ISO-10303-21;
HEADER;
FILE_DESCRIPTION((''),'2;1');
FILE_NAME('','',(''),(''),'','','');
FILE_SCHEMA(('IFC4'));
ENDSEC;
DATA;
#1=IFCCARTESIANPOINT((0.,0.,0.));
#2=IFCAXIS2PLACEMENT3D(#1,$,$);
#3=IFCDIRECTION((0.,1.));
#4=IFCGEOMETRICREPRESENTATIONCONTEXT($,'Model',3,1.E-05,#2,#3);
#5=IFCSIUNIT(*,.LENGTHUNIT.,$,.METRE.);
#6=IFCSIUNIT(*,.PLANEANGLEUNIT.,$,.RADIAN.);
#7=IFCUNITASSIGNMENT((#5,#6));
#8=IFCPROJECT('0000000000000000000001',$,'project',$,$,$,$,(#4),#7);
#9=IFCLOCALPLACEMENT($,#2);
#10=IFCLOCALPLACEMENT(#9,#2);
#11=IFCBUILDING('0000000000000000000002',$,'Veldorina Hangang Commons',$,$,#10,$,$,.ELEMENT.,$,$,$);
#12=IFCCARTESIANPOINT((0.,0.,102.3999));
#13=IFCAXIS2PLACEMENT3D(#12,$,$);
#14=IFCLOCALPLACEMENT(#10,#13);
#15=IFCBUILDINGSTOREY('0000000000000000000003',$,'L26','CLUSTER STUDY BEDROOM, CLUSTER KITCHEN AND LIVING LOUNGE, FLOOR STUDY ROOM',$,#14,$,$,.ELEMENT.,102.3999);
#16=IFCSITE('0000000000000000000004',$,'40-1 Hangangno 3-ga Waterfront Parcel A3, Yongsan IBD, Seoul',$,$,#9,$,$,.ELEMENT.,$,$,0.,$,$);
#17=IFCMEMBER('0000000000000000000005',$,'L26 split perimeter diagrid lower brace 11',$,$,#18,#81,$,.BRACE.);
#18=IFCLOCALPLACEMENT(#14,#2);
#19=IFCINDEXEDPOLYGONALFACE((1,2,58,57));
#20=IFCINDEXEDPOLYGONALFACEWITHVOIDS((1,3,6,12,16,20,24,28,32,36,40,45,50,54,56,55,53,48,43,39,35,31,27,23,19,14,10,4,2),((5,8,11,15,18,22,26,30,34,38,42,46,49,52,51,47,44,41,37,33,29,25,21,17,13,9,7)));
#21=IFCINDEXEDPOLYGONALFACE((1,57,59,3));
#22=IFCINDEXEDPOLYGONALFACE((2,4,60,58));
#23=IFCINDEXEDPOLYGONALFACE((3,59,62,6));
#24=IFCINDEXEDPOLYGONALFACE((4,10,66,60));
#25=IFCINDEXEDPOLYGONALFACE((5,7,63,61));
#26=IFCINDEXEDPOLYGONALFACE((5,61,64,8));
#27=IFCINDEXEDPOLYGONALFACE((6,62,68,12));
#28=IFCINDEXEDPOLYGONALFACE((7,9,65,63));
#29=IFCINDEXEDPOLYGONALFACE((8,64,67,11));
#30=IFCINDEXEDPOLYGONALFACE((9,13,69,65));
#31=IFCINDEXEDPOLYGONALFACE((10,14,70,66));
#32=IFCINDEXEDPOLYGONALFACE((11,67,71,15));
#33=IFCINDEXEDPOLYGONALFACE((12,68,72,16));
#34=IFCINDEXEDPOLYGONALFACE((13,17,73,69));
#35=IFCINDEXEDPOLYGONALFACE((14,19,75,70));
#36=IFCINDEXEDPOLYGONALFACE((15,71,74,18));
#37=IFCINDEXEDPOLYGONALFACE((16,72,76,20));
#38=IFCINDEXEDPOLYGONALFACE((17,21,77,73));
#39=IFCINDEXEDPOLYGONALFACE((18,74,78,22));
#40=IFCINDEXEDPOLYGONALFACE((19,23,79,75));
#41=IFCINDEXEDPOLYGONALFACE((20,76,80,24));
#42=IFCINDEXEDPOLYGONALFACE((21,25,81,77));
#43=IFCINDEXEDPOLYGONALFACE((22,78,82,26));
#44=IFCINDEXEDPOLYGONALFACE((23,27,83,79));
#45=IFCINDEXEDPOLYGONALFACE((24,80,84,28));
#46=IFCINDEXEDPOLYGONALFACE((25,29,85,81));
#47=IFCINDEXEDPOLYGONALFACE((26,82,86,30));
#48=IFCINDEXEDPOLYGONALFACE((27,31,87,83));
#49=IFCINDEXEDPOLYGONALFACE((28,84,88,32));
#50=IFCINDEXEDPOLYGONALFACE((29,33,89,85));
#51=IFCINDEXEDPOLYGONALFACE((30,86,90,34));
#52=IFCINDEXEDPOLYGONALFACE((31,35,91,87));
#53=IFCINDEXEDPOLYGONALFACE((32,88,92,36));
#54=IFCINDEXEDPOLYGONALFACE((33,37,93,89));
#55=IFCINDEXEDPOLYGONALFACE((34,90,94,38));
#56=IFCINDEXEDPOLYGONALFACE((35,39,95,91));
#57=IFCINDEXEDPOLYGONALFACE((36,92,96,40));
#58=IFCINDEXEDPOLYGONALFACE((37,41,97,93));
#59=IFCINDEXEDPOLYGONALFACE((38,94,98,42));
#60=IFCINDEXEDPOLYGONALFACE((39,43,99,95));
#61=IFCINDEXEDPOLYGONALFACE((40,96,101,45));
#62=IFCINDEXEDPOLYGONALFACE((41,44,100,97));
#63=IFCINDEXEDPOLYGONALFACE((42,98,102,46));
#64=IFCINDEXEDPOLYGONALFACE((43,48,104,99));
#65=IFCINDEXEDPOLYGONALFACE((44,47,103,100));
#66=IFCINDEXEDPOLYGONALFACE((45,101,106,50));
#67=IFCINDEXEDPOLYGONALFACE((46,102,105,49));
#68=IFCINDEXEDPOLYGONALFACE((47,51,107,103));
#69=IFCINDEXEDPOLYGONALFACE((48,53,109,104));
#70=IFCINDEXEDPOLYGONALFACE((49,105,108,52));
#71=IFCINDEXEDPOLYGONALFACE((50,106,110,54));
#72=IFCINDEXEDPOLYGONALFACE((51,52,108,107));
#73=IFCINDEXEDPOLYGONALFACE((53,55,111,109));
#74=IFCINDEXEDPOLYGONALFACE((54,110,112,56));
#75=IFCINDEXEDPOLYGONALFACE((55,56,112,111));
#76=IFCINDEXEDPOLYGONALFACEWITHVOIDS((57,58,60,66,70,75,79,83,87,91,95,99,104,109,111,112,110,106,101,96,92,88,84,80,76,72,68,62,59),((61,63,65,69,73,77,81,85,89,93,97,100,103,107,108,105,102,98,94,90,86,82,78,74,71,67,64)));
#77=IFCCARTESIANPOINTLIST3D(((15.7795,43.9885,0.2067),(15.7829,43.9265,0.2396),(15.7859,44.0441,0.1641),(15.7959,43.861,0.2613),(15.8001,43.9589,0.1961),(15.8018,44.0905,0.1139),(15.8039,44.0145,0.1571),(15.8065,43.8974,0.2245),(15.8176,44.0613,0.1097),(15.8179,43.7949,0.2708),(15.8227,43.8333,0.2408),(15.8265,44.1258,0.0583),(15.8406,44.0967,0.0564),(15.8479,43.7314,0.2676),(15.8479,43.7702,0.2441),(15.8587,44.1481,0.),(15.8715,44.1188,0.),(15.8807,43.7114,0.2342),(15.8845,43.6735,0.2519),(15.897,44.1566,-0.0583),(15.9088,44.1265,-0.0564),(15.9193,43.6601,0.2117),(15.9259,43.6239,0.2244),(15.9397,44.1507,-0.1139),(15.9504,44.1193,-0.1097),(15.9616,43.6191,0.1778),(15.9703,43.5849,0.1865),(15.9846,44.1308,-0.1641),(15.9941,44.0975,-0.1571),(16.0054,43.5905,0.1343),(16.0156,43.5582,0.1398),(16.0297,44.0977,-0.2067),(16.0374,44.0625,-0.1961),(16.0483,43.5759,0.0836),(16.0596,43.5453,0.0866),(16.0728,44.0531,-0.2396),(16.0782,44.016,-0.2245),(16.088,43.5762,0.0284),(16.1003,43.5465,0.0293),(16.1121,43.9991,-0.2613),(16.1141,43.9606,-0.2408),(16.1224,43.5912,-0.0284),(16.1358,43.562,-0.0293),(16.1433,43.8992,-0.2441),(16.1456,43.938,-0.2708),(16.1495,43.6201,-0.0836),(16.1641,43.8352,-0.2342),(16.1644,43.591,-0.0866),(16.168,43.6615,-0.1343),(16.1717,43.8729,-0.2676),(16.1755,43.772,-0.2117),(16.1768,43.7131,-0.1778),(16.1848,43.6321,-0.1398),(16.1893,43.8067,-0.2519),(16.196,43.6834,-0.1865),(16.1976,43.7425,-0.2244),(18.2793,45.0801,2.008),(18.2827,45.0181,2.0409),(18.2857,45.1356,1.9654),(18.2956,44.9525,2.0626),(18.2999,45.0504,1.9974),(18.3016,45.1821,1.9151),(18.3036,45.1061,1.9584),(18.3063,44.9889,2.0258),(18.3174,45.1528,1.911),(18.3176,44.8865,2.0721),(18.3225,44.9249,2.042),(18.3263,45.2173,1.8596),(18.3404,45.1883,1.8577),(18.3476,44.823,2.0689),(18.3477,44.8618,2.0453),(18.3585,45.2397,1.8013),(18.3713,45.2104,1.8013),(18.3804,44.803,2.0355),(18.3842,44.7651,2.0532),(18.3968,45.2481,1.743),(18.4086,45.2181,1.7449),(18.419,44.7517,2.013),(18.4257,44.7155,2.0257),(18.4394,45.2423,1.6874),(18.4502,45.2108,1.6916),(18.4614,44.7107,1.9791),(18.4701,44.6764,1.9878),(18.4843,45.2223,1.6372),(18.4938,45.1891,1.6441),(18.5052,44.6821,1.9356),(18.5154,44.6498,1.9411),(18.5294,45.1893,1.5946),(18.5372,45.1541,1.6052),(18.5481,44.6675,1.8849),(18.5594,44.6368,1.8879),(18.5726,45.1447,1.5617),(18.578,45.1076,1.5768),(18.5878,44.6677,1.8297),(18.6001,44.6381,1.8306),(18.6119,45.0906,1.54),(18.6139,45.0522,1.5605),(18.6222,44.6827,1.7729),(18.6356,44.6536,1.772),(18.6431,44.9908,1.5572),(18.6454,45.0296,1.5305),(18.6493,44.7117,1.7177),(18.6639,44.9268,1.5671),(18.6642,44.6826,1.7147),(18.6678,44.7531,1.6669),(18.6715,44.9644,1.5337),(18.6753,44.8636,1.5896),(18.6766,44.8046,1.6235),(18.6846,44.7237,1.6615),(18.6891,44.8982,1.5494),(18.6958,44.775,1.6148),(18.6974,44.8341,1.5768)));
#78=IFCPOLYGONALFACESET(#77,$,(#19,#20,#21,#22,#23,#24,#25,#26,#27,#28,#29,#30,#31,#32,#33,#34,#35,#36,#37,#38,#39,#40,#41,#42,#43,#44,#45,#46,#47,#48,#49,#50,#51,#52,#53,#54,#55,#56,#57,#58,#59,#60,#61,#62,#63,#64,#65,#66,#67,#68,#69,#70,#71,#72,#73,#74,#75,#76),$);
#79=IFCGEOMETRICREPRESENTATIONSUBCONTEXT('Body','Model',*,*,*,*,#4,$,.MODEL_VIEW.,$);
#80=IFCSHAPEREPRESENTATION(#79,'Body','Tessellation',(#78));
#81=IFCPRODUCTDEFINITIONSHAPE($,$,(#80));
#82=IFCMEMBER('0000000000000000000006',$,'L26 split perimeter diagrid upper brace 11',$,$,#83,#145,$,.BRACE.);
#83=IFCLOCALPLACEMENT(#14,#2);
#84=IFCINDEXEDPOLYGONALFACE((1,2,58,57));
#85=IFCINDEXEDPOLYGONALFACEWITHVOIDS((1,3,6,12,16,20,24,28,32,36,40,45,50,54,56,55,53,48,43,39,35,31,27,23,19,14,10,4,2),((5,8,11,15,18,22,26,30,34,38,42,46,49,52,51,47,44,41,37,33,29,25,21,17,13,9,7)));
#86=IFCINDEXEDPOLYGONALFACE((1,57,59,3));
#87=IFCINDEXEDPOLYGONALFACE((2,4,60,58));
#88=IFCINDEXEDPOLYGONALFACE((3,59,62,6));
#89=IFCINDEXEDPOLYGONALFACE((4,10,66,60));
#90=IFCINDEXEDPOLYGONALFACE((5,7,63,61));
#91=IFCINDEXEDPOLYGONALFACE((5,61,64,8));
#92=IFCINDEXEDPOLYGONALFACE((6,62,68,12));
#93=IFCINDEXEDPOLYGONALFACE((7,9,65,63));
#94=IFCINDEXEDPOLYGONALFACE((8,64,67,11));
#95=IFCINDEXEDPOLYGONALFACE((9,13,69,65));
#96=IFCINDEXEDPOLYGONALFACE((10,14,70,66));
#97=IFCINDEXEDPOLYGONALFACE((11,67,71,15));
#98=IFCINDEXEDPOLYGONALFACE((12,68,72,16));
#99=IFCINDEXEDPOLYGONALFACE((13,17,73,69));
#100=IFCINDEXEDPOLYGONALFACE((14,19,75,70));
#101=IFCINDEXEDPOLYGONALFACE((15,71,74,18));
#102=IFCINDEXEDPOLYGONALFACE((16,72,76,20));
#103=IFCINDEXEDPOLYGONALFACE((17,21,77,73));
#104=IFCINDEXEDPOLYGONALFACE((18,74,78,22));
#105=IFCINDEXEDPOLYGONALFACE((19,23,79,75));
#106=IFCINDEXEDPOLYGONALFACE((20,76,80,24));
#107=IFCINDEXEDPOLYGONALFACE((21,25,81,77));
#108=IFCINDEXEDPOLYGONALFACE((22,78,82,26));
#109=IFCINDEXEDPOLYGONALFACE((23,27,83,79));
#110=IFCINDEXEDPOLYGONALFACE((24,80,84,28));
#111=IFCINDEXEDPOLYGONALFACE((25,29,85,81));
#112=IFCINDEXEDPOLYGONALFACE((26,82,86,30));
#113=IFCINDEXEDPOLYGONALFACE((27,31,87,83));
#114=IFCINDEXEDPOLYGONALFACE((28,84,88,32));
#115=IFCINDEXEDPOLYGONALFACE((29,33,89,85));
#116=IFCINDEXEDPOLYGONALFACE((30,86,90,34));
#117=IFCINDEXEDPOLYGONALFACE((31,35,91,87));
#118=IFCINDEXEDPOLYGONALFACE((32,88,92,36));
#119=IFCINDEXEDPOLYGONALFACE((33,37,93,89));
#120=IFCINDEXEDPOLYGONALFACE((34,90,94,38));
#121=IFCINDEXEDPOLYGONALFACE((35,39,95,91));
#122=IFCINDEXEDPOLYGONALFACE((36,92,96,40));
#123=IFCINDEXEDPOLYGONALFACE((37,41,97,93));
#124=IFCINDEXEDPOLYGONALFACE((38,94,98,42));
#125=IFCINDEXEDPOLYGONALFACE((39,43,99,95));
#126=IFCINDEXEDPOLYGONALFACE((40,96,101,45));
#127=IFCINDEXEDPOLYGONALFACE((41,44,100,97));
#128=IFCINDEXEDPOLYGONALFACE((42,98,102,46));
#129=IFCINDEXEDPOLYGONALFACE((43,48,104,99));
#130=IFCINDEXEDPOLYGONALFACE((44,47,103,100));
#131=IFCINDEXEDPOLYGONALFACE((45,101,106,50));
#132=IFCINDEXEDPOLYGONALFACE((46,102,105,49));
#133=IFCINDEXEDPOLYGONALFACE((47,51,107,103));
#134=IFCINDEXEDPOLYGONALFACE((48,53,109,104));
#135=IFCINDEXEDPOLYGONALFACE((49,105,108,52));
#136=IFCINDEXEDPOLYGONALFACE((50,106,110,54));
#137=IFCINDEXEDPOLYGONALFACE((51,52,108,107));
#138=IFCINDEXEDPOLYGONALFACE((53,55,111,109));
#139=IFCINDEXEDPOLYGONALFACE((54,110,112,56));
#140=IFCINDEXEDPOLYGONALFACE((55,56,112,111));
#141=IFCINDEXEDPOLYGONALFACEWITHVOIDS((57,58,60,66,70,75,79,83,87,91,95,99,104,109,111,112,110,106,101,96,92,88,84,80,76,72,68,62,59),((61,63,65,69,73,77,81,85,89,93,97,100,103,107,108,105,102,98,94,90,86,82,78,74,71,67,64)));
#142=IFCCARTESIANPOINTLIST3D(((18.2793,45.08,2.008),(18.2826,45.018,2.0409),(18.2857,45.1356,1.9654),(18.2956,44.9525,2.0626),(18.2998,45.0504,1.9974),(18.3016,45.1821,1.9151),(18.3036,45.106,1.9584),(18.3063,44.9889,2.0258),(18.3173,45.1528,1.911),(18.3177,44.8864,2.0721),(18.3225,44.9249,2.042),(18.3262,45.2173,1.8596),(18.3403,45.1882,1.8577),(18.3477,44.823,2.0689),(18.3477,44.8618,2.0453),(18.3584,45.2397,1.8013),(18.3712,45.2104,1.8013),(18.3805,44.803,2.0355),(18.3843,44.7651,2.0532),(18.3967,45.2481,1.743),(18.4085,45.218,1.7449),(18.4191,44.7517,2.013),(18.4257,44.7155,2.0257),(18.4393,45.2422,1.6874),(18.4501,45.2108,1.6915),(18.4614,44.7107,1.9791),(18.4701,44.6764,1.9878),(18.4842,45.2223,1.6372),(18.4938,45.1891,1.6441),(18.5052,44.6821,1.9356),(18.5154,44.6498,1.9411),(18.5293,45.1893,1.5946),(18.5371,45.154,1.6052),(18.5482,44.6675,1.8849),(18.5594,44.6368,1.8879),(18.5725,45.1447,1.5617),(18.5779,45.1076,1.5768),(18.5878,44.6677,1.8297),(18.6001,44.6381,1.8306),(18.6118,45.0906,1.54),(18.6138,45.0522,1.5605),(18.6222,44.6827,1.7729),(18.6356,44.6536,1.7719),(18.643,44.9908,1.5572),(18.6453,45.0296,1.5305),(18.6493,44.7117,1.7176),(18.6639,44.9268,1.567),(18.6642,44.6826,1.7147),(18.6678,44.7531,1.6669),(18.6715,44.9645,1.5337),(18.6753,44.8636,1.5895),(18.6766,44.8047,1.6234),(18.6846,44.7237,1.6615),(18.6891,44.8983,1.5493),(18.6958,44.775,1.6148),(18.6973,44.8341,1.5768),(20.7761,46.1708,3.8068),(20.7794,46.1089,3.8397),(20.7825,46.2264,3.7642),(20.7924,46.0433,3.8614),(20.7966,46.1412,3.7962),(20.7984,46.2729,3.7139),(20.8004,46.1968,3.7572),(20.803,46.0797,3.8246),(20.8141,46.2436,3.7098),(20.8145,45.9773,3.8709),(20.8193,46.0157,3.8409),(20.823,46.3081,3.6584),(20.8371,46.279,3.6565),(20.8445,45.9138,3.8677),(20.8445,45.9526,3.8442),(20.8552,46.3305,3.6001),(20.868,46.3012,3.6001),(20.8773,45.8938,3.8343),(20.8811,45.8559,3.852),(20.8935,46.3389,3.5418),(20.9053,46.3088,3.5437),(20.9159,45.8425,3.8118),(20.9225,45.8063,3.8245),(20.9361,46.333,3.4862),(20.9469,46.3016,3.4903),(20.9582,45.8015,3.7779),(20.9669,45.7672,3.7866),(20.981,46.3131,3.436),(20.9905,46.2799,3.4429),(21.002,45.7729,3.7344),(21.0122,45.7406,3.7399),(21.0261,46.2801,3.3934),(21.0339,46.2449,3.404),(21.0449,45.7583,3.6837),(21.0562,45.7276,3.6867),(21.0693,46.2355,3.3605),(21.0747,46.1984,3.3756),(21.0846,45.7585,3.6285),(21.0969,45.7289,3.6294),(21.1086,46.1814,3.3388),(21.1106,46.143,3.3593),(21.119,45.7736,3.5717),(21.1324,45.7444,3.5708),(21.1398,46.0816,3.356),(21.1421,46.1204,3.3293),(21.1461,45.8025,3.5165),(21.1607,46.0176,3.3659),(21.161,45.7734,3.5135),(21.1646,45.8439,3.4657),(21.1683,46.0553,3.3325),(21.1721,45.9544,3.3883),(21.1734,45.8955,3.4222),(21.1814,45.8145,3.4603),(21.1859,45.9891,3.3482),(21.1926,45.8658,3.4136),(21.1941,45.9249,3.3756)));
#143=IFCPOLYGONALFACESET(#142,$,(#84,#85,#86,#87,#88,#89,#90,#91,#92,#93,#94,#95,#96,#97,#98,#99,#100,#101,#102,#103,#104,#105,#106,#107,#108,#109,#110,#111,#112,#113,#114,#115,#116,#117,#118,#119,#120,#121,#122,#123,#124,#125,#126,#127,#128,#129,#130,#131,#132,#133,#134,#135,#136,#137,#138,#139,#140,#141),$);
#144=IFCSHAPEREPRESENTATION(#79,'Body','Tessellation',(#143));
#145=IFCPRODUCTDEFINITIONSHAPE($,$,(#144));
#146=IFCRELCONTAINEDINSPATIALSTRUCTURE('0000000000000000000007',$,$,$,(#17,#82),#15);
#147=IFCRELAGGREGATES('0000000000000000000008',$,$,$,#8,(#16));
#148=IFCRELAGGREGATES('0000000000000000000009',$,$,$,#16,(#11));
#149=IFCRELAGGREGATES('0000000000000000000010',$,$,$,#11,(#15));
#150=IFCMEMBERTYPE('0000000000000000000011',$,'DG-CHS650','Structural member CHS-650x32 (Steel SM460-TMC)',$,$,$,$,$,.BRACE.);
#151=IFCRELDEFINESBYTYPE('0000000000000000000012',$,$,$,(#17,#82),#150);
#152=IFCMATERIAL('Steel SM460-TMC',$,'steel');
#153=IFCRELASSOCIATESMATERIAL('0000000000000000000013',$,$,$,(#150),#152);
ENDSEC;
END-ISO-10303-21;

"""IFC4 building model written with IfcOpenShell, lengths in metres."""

from ifc_helpers import new_model, si_unit, direction, frame, origin, origin_2d, place, context, subcontext, project, spatial, hollow_circle, extrude, material, material_profile, profile_set, type_object, element, save


model = new_model("IFC4")

# Units and contexts
model_context = context("Model", 3, precision=1e-05, world=origin(), true_north=direction((0.0, 1.0)))
body_context = subcontext(model_context, "Body", "Model", "MODEL_VIEW")
ifc_project = project(units=[si_unit("LENGTHUNIT", "METRE"), si_unit("PLANEANGLEUNIT", "RADIAN")], contexts=[model_context])

# Site, building, storey
site_placement = place(None, origin())
site = spatial("IfcSite", under=ifc_project, at=site_placement, Name="40-1 Hangangno 3-ga Waterfront Parcel A3, Yongsan IBD, Seoul", CompositionType="ELEMENT", RefElevation=0.0)
building_placement = place(site_placement, origin())
building = spatial("IfcBuilding", under=site, at=building_placement, Name="Veldorina Hangang Commons", CompositionType="ELEMENT")
storey_placement = place(building_placement, frame((0.0, 0.0, 102.3999)))
storey = spatial("IfcBuildingStorey", under=building, at=storey_placement, Name="L26", Description="CLUSTER STUDY BEDROOM, CLUSTER KITCHEN AND LIVING LOUNGE, FLOOR STUDY ROOM", CompositionType="ELEMENT", Elevation=102.3999)

# Members
ifc_material_1 = material(Name="Steel SM460-TMC", Category="steel")
ifc_material_profile_1 = material_profile(ifc_material_1, hollow_circle(Radius=0.325, WallThickness=0.032, at=origin_2d()), Name="CHS-650x32")
ifc_profile_set_1 = profile_set([ifc_material_profile_1], Name="Steel SM460-TMC")
member_type_1 = type_object("IfcMemberType", Name="DG-CHS650", Description="Structural member CHS-650x32 (Steel SM460-TMC)", PredefinedType="BRACE", material=ifc_profile_set_1)
member_1_placement = place(storey_placement, frame((15.9888, 43.8503, 0.0), z_axis=(0.76474, 0.333934, 0.551055), x_axis=(-0.400175, 0.916439, 0.0)))
element("IfcMember", 1, at=member_1_placement, inside=storey, type_object=member_type_1, Name="L26 split perimeter diagrid lower brace 11", PredefinedType="BRACE", context=body_context, shape_type="SweptSolid", body=[
    extrude(hollow_circle(Radius=0.325, WallThickness=0.032, at=origin_2d()), origin(), (0.0, 0.0, 1.0), 3.2688),
])
member_2_placement = place(storey_placement, frame((18.4885, 44.9419, 1.8013), z_axis=(0.76474, 0.334102, 0.550953), x_axis=(-0.400344, 0.916365, 0.0)))
element("IfcMember", 2, at=member_2_placement, inside=storey, type_object=member_type_1, Name="L26 split perimeter diagrid upper brace 11", PredefinedType="BRACE", context=body_context, shape_type="SweptSolid", body=[
    extrude(hollow_circle(Radius=0.325, WallThickness=0.032, at=origin_2d()), origin(), (0.0, 0.0, 1.0), 3.2649),
])

save(model, "model.ifc")
